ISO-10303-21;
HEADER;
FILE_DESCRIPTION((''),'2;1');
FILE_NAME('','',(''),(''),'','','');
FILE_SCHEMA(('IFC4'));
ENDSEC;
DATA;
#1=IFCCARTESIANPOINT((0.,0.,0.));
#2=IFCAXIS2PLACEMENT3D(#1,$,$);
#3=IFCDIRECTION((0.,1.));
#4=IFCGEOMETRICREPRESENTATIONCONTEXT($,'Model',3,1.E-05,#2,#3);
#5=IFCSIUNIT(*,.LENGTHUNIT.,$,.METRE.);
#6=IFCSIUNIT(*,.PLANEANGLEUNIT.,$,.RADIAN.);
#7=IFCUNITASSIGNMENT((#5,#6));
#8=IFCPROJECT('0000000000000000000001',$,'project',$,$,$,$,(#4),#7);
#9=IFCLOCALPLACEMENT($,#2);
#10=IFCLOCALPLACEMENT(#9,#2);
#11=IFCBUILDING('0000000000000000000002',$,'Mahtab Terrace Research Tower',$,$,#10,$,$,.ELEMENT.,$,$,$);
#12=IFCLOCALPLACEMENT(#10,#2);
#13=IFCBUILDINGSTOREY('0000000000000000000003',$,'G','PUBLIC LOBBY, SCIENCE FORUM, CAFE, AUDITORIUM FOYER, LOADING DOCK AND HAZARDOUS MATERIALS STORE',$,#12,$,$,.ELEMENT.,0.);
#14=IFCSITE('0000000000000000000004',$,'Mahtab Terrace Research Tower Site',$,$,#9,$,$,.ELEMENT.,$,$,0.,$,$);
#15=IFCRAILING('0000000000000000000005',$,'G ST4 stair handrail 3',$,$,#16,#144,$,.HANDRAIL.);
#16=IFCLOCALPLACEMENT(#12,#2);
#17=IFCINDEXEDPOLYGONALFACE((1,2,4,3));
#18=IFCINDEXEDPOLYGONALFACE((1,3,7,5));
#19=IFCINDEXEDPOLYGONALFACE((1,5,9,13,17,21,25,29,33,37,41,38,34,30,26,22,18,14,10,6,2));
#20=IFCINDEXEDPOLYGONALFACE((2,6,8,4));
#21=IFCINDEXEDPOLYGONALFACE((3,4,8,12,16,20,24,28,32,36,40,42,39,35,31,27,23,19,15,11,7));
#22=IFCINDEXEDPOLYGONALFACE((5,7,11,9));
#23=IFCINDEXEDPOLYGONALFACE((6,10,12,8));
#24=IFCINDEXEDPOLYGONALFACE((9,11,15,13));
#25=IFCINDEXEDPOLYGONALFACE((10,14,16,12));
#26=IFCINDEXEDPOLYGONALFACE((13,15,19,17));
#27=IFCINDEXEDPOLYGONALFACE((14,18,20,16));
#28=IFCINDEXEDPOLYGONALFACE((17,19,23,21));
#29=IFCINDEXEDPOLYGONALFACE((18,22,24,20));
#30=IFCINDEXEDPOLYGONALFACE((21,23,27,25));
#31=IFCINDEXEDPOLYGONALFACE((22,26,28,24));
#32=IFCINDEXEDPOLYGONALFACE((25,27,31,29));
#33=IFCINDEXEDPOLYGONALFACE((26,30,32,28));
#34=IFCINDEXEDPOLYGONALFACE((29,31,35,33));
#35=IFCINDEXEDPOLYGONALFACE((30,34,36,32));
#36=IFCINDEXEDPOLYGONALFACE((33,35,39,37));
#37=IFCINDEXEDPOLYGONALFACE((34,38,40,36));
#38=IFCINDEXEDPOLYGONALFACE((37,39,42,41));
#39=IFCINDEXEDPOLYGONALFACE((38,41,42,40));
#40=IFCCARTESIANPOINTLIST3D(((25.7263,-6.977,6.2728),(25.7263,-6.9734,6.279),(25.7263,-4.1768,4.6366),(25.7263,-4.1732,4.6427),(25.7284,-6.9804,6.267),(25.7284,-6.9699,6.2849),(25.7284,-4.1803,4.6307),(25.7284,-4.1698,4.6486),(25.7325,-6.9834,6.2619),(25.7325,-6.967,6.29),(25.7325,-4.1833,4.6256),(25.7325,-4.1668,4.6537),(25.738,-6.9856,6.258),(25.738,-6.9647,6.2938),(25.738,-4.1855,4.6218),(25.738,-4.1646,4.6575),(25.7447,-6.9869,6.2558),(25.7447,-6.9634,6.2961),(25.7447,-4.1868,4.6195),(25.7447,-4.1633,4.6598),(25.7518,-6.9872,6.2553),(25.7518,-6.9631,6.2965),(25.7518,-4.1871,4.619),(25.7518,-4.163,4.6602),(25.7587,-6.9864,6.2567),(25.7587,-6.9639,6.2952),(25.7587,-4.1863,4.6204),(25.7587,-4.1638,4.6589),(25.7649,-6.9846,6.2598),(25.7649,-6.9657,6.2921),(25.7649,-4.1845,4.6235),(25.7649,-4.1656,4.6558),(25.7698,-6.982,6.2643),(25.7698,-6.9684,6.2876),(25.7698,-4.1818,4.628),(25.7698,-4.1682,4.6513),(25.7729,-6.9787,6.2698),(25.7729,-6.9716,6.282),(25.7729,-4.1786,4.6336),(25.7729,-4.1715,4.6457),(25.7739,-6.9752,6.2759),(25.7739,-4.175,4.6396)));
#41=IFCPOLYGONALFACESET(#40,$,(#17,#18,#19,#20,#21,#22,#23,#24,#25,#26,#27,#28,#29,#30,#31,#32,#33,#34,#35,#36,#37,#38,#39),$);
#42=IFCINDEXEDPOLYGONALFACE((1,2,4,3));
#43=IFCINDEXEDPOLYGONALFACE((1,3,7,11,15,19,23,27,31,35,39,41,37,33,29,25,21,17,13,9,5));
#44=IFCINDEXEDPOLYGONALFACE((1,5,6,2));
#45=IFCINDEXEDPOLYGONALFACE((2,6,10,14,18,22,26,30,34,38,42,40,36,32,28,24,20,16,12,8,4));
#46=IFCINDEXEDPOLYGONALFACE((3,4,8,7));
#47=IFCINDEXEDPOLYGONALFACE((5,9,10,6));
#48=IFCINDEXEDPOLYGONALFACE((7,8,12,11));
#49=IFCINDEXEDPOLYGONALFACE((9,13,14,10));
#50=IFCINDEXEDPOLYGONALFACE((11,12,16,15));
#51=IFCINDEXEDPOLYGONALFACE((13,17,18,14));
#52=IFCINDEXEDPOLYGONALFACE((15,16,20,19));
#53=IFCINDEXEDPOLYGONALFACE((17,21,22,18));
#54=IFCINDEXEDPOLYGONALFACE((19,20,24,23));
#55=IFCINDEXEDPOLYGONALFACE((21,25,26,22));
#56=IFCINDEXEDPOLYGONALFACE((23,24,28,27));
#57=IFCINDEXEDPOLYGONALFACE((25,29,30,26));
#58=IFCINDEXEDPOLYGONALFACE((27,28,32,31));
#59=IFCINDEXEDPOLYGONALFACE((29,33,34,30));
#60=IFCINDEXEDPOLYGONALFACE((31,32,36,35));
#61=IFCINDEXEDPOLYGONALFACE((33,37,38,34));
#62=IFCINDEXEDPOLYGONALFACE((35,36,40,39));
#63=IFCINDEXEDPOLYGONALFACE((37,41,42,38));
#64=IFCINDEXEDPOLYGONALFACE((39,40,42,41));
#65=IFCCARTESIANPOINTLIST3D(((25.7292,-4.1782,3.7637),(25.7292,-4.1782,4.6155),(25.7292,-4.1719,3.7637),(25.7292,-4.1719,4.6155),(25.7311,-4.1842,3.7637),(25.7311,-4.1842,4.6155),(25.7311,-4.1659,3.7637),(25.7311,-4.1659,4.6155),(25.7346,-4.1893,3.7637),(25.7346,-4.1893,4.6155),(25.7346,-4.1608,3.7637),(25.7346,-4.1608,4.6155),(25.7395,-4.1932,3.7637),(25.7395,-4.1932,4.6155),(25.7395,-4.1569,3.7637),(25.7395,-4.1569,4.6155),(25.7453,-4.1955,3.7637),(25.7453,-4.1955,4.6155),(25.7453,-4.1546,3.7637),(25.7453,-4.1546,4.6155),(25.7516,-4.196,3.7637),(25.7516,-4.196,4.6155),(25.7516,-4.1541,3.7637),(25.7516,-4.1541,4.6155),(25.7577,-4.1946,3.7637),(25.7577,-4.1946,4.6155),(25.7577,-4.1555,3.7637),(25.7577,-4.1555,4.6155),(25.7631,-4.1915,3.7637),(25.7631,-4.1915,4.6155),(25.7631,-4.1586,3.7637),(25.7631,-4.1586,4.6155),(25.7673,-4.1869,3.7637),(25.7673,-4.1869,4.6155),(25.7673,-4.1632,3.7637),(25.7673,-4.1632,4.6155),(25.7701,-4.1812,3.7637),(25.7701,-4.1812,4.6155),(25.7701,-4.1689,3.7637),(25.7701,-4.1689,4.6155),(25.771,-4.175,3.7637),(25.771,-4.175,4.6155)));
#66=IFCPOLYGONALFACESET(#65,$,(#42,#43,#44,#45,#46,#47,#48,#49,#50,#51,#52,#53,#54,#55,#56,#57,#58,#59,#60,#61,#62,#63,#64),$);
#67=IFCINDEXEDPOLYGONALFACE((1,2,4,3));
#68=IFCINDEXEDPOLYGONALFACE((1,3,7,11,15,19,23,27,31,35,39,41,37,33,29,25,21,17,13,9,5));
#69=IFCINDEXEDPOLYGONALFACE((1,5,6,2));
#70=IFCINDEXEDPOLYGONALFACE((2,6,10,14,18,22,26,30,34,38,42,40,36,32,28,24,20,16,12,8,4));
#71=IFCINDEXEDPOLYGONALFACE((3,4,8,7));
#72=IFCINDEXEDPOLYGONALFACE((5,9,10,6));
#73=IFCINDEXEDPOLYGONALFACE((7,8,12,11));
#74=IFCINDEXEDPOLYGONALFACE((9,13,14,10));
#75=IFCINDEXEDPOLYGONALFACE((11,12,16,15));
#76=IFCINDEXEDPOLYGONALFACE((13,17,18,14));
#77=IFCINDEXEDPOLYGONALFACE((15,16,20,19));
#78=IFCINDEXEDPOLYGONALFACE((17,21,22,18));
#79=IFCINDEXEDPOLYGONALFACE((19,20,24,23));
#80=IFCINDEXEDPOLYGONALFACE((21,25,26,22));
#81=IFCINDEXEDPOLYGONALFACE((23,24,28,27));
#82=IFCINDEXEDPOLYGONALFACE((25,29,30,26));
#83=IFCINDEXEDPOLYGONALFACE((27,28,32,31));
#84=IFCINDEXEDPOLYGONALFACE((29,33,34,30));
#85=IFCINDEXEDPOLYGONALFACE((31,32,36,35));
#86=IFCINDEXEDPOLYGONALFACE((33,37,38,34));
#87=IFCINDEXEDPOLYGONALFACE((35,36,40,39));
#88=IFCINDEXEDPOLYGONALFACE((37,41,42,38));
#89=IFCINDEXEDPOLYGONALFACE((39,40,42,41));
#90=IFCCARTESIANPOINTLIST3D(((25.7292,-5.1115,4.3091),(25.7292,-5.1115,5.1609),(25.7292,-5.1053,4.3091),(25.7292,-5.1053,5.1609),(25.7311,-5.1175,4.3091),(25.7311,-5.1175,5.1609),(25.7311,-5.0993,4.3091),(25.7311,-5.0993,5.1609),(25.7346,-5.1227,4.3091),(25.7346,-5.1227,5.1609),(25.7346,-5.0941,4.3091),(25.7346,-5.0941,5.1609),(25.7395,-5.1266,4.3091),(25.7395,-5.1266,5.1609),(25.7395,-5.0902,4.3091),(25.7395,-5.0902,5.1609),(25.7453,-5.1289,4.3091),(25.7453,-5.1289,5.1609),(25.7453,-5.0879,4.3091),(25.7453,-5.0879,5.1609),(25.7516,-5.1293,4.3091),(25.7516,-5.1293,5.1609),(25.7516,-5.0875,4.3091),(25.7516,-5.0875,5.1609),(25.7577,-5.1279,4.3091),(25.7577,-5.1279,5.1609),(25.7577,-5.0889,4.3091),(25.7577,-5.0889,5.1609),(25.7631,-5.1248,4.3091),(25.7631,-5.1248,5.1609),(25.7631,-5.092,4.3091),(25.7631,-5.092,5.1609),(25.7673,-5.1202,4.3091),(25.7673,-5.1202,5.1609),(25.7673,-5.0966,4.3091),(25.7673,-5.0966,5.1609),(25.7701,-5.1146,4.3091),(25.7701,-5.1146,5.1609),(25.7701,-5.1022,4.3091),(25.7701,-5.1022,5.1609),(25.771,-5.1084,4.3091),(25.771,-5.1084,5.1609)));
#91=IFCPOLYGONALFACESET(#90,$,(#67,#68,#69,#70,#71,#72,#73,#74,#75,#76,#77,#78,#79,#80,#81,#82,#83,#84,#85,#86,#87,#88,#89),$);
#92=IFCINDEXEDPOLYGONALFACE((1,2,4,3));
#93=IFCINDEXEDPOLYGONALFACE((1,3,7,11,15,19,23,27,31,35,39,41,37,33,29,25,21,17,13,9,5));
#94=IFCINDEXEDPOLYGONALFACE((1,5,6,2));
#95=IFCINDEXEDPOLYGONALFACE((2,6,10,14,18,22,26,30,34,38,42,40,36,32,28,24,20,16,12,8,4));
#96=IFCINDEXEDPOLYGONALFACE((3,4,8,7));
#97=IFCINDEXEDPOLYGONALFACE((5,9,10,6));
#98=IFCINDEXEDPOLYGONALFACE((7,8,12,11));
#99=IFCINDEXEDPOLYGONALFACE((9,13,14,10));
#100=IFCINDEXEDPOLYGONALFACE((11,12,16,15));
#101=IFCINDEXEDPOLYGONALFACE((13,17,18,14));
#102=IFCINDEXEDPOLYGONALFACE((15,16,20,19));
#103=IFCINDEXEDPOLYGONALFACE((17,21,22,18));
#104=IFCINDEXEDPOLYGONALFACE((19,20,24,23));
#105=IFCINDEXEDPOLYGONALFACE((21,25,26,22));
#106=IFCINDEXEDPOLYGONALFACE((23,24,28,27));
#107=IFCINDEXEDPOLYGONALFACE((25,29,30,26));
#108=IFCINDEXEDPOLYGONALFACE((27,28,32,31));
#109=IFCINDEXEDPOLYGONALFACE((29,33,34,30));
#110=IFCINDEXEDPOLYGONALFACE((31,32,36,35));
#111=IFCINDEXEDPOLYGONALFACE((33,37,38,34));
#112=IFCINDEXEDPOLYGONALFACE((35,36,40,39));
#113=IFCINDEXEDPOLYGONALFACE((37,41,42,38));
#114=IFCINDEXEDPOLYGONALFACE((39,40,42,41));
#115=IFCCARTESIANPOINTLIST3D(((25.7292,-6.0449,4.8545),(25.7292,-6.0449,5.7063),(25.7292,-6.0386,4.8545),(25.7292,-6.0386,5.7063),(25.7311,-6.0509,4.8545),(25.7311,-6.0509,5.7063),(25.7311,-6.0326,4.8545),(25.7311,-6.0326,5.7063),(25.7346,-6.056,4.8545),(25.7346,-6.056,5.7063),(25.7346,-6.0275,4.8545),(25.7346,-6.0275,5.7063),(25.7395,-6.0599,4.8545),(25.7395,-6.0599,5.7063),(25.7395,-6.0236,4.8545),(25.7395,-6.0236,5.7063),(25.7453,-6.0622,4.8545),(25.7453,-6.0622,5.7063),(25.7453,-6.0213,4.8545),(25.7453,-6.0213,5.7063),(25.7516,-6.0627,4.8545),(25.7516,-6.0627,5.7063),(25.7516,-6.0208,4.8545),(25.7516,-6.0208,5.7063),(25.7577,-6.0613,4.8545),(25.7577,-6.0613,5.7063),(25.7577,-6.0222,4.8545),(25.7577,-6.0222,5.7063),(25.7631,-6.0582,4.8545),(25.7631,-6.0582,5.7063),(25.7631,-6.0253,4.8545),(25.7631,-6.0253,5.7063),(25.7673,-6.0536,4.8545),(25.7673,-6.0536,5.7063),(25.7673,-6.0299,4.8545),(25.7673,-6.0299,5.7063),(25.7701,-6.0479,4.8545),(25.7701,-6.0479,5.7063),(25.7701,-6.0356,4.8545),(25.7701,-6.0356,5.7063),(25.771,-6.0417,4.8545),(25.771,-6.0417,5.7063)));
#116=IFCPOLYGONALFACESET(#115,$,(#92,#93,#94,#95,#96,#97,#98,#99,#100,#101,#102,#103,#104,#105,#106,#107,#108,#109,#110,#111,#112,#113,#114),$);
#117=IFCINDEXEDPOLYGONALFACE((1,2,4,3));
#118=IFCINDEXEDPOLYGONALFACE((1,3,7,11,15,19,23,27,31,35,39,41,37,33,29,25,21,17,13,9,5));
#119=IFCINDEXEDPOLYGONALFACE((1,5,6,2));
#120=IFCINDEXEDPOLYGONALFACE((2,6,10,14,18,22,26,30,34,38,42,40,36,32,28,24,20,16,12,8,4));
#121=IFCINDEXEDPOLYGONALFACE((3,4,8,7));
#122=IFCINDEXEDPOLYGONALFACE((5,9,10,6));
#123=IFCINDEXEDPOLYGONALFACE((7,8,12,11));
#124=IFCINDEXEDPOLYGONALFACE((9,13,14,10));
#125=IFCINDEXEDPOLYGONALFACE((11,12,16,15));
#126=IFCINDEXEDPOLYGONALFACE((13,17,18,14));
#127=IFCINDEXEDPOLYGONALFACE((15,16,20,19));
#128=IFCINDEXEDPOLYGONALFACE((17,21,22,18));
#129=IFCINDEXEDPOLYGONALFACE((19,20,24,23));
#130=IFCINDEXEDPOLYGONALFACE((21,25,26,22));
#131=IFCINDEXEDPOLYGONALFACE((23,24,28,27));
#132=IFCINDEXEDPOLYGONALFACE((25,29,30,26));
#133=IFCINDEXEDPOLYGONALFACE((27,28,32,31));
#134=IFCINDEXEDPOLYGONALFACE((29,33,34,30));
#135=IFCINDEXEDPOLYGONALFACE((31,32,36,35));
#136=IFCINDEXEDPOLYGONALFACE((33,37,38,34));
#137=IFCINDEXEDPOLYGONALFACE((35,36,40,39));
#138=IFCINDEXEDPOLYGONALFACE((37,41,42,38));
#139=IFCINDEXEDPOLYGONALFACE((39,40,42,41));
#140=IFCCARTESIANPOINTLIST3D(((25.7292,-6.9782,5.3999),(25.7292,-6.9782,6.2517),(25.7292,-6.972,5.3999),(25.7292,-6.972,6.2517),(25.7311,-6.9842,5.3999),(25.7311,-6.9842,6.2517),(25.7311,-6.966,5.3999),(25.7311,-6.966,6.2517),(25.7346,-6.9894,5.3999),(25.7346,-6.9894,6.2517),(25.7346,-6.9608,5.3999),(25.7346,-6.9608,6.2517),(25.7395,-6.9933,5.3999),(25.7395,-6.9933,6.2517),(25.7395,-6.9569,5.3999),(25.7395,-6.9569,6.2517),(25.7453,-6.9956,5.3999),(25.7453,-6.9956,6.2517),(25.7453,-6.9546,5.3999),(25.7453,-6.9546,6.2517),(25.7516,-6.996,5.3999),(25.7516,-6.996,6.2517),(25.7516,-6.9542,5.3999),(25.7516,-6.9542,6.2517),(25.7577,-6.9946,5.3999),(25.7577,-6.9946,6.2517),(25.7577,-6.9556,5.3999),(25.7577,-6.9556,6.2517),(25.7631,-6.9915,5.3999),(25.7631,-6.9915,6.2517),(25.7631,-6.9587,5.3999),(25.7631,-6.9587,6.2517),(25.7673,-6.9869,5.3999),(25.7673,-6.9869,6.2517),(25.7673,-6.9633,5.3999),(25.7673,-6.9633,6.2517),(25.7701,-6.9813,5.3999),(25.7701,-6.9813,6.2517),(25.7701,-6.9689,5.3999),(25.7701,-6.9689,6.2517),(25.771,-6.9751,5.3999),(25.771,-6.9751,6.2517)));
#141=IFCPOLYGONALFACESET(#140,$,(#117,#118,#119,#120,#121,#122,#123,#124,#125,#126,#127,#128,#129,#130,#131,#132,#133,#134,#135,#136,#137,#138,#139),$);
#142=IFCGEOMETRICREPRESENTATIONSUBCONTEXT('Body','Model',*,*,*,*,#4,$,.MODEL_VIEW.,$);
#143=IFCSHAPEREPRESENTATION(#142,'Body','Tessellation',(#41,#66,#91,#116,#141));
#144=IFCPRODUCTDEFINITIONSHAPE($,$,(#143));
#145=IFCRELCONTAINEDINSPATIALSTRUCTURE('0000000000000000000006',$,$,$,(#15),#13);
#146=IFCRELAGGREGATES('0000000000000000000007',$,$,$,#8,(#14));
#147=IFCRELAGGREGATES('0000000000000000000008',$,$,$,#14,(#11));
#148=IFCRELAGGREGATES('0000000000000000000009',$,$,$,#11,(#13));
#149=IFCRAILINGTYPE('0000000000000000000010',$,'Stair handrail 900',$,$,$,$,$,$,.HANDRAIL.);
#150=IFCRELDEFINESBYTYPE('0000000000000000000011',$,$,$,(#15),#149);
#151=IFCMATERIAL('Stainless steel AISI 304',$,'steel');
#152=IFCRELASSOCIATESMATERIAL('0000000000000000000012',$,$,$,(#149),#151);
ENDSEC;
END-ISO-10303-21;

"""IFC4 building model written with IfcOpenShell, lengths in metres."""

from ifc_helpers import new_model, si_unit, direction, frame, origin, origin_2d, place, context, subcontext, project, spatial, circle, extrude, material, type_object, element, save


model = new_model("IFC4")

# Units and contexts
model_context = context("Model", 3, precision=1e-05, world=origin(), true_north=direction((0.0, 1.0)))
body_context = subcontext(model_context, "Body", "Model", "MODEL_VIEW")
ifc_project = project(units=[si_unit("LENGTHUNIT", "METRE"), si_unit("PLANEANGLEUNIT", "RADIAN")], contexts=[model_context])

# Site, building, storey
site_placement = place(None, origin())
site = spatial("IfcSite", under=ifc_project, at=site_placement, Name="Mahtab Terrace Research Tower Site", CompositionType="ELEMENT", RefElevation=0.0)
building_placement = place(site_placement, origin())
building = spatial("IfcBuilding", under=site, at=building_placement, Name="Mahtab Terrace Research Tower", CompositionType="ELEMENT")
storey_placement = place(building_placement, origin())
storey = spatial("IfcBuildingStorey", under=building, at=storey_placement, Name="G", Description="PUBLIC LOBBY, SCIENCE FORUM, CAFE, AUDITORIUM FOYER, LOADING DOCK AND HAZARDOUS MATERIALS STORE", CompositionType="ELEMENT", Elevation=0.0)

# Railing
ifc_material_1 = material(Name="Stainless steel AISI 304", Category="steel")
railing_type_1 = type_object("IfcRailingType", Name="Stair handrail 900", PredefinedType="HANDRAIL", material=ifc_material_1)
railing_1_placement = place(storey_placement, frame((25.75, -4.175, 3.7637)))
element("IfcRailing", 1, at=railing_1_placement, inside=storey, type_object=railing_type_1, Name="G ST4 stair handrail 3", PredefinedType="HANDRAIL", context=body_context, shape_type="SweptSolid", body=[
    extrude(circle(Radius=0.0239, at=origin_2d()), frame((0.0, 0.0, 0.876), z_axis=(0.0, -0.863394, 0.504531), x_axis=(1.0, 0.0, 0.0)), (0.0, 0.0, 1.0), 3.2432),
    extrude(circle(Radius=0.021, at=origin_2d()), origin(), (0.0, 0.0, 1.0), 0.8518),
    extrude(circle(Radius=0.021, at=origin_2d()), frame((0.0, -0.9333, 0.5454)), (0.0, 0.0, 1.0), 0.8518),
    extrude(circle(Radius=0.021, at=origin_2d()), frame((0.0, -1.8667, 1.0908)), (0.0, 0.0, 1.0), 0.8518),
    extrude(circle(Radius=0.021, at=origin_2d()), frame((0.0, -2.8, 1.6362)), (0.0, 0.0, 1.0), 0.8518),
])

save(model, "model.ifc")
